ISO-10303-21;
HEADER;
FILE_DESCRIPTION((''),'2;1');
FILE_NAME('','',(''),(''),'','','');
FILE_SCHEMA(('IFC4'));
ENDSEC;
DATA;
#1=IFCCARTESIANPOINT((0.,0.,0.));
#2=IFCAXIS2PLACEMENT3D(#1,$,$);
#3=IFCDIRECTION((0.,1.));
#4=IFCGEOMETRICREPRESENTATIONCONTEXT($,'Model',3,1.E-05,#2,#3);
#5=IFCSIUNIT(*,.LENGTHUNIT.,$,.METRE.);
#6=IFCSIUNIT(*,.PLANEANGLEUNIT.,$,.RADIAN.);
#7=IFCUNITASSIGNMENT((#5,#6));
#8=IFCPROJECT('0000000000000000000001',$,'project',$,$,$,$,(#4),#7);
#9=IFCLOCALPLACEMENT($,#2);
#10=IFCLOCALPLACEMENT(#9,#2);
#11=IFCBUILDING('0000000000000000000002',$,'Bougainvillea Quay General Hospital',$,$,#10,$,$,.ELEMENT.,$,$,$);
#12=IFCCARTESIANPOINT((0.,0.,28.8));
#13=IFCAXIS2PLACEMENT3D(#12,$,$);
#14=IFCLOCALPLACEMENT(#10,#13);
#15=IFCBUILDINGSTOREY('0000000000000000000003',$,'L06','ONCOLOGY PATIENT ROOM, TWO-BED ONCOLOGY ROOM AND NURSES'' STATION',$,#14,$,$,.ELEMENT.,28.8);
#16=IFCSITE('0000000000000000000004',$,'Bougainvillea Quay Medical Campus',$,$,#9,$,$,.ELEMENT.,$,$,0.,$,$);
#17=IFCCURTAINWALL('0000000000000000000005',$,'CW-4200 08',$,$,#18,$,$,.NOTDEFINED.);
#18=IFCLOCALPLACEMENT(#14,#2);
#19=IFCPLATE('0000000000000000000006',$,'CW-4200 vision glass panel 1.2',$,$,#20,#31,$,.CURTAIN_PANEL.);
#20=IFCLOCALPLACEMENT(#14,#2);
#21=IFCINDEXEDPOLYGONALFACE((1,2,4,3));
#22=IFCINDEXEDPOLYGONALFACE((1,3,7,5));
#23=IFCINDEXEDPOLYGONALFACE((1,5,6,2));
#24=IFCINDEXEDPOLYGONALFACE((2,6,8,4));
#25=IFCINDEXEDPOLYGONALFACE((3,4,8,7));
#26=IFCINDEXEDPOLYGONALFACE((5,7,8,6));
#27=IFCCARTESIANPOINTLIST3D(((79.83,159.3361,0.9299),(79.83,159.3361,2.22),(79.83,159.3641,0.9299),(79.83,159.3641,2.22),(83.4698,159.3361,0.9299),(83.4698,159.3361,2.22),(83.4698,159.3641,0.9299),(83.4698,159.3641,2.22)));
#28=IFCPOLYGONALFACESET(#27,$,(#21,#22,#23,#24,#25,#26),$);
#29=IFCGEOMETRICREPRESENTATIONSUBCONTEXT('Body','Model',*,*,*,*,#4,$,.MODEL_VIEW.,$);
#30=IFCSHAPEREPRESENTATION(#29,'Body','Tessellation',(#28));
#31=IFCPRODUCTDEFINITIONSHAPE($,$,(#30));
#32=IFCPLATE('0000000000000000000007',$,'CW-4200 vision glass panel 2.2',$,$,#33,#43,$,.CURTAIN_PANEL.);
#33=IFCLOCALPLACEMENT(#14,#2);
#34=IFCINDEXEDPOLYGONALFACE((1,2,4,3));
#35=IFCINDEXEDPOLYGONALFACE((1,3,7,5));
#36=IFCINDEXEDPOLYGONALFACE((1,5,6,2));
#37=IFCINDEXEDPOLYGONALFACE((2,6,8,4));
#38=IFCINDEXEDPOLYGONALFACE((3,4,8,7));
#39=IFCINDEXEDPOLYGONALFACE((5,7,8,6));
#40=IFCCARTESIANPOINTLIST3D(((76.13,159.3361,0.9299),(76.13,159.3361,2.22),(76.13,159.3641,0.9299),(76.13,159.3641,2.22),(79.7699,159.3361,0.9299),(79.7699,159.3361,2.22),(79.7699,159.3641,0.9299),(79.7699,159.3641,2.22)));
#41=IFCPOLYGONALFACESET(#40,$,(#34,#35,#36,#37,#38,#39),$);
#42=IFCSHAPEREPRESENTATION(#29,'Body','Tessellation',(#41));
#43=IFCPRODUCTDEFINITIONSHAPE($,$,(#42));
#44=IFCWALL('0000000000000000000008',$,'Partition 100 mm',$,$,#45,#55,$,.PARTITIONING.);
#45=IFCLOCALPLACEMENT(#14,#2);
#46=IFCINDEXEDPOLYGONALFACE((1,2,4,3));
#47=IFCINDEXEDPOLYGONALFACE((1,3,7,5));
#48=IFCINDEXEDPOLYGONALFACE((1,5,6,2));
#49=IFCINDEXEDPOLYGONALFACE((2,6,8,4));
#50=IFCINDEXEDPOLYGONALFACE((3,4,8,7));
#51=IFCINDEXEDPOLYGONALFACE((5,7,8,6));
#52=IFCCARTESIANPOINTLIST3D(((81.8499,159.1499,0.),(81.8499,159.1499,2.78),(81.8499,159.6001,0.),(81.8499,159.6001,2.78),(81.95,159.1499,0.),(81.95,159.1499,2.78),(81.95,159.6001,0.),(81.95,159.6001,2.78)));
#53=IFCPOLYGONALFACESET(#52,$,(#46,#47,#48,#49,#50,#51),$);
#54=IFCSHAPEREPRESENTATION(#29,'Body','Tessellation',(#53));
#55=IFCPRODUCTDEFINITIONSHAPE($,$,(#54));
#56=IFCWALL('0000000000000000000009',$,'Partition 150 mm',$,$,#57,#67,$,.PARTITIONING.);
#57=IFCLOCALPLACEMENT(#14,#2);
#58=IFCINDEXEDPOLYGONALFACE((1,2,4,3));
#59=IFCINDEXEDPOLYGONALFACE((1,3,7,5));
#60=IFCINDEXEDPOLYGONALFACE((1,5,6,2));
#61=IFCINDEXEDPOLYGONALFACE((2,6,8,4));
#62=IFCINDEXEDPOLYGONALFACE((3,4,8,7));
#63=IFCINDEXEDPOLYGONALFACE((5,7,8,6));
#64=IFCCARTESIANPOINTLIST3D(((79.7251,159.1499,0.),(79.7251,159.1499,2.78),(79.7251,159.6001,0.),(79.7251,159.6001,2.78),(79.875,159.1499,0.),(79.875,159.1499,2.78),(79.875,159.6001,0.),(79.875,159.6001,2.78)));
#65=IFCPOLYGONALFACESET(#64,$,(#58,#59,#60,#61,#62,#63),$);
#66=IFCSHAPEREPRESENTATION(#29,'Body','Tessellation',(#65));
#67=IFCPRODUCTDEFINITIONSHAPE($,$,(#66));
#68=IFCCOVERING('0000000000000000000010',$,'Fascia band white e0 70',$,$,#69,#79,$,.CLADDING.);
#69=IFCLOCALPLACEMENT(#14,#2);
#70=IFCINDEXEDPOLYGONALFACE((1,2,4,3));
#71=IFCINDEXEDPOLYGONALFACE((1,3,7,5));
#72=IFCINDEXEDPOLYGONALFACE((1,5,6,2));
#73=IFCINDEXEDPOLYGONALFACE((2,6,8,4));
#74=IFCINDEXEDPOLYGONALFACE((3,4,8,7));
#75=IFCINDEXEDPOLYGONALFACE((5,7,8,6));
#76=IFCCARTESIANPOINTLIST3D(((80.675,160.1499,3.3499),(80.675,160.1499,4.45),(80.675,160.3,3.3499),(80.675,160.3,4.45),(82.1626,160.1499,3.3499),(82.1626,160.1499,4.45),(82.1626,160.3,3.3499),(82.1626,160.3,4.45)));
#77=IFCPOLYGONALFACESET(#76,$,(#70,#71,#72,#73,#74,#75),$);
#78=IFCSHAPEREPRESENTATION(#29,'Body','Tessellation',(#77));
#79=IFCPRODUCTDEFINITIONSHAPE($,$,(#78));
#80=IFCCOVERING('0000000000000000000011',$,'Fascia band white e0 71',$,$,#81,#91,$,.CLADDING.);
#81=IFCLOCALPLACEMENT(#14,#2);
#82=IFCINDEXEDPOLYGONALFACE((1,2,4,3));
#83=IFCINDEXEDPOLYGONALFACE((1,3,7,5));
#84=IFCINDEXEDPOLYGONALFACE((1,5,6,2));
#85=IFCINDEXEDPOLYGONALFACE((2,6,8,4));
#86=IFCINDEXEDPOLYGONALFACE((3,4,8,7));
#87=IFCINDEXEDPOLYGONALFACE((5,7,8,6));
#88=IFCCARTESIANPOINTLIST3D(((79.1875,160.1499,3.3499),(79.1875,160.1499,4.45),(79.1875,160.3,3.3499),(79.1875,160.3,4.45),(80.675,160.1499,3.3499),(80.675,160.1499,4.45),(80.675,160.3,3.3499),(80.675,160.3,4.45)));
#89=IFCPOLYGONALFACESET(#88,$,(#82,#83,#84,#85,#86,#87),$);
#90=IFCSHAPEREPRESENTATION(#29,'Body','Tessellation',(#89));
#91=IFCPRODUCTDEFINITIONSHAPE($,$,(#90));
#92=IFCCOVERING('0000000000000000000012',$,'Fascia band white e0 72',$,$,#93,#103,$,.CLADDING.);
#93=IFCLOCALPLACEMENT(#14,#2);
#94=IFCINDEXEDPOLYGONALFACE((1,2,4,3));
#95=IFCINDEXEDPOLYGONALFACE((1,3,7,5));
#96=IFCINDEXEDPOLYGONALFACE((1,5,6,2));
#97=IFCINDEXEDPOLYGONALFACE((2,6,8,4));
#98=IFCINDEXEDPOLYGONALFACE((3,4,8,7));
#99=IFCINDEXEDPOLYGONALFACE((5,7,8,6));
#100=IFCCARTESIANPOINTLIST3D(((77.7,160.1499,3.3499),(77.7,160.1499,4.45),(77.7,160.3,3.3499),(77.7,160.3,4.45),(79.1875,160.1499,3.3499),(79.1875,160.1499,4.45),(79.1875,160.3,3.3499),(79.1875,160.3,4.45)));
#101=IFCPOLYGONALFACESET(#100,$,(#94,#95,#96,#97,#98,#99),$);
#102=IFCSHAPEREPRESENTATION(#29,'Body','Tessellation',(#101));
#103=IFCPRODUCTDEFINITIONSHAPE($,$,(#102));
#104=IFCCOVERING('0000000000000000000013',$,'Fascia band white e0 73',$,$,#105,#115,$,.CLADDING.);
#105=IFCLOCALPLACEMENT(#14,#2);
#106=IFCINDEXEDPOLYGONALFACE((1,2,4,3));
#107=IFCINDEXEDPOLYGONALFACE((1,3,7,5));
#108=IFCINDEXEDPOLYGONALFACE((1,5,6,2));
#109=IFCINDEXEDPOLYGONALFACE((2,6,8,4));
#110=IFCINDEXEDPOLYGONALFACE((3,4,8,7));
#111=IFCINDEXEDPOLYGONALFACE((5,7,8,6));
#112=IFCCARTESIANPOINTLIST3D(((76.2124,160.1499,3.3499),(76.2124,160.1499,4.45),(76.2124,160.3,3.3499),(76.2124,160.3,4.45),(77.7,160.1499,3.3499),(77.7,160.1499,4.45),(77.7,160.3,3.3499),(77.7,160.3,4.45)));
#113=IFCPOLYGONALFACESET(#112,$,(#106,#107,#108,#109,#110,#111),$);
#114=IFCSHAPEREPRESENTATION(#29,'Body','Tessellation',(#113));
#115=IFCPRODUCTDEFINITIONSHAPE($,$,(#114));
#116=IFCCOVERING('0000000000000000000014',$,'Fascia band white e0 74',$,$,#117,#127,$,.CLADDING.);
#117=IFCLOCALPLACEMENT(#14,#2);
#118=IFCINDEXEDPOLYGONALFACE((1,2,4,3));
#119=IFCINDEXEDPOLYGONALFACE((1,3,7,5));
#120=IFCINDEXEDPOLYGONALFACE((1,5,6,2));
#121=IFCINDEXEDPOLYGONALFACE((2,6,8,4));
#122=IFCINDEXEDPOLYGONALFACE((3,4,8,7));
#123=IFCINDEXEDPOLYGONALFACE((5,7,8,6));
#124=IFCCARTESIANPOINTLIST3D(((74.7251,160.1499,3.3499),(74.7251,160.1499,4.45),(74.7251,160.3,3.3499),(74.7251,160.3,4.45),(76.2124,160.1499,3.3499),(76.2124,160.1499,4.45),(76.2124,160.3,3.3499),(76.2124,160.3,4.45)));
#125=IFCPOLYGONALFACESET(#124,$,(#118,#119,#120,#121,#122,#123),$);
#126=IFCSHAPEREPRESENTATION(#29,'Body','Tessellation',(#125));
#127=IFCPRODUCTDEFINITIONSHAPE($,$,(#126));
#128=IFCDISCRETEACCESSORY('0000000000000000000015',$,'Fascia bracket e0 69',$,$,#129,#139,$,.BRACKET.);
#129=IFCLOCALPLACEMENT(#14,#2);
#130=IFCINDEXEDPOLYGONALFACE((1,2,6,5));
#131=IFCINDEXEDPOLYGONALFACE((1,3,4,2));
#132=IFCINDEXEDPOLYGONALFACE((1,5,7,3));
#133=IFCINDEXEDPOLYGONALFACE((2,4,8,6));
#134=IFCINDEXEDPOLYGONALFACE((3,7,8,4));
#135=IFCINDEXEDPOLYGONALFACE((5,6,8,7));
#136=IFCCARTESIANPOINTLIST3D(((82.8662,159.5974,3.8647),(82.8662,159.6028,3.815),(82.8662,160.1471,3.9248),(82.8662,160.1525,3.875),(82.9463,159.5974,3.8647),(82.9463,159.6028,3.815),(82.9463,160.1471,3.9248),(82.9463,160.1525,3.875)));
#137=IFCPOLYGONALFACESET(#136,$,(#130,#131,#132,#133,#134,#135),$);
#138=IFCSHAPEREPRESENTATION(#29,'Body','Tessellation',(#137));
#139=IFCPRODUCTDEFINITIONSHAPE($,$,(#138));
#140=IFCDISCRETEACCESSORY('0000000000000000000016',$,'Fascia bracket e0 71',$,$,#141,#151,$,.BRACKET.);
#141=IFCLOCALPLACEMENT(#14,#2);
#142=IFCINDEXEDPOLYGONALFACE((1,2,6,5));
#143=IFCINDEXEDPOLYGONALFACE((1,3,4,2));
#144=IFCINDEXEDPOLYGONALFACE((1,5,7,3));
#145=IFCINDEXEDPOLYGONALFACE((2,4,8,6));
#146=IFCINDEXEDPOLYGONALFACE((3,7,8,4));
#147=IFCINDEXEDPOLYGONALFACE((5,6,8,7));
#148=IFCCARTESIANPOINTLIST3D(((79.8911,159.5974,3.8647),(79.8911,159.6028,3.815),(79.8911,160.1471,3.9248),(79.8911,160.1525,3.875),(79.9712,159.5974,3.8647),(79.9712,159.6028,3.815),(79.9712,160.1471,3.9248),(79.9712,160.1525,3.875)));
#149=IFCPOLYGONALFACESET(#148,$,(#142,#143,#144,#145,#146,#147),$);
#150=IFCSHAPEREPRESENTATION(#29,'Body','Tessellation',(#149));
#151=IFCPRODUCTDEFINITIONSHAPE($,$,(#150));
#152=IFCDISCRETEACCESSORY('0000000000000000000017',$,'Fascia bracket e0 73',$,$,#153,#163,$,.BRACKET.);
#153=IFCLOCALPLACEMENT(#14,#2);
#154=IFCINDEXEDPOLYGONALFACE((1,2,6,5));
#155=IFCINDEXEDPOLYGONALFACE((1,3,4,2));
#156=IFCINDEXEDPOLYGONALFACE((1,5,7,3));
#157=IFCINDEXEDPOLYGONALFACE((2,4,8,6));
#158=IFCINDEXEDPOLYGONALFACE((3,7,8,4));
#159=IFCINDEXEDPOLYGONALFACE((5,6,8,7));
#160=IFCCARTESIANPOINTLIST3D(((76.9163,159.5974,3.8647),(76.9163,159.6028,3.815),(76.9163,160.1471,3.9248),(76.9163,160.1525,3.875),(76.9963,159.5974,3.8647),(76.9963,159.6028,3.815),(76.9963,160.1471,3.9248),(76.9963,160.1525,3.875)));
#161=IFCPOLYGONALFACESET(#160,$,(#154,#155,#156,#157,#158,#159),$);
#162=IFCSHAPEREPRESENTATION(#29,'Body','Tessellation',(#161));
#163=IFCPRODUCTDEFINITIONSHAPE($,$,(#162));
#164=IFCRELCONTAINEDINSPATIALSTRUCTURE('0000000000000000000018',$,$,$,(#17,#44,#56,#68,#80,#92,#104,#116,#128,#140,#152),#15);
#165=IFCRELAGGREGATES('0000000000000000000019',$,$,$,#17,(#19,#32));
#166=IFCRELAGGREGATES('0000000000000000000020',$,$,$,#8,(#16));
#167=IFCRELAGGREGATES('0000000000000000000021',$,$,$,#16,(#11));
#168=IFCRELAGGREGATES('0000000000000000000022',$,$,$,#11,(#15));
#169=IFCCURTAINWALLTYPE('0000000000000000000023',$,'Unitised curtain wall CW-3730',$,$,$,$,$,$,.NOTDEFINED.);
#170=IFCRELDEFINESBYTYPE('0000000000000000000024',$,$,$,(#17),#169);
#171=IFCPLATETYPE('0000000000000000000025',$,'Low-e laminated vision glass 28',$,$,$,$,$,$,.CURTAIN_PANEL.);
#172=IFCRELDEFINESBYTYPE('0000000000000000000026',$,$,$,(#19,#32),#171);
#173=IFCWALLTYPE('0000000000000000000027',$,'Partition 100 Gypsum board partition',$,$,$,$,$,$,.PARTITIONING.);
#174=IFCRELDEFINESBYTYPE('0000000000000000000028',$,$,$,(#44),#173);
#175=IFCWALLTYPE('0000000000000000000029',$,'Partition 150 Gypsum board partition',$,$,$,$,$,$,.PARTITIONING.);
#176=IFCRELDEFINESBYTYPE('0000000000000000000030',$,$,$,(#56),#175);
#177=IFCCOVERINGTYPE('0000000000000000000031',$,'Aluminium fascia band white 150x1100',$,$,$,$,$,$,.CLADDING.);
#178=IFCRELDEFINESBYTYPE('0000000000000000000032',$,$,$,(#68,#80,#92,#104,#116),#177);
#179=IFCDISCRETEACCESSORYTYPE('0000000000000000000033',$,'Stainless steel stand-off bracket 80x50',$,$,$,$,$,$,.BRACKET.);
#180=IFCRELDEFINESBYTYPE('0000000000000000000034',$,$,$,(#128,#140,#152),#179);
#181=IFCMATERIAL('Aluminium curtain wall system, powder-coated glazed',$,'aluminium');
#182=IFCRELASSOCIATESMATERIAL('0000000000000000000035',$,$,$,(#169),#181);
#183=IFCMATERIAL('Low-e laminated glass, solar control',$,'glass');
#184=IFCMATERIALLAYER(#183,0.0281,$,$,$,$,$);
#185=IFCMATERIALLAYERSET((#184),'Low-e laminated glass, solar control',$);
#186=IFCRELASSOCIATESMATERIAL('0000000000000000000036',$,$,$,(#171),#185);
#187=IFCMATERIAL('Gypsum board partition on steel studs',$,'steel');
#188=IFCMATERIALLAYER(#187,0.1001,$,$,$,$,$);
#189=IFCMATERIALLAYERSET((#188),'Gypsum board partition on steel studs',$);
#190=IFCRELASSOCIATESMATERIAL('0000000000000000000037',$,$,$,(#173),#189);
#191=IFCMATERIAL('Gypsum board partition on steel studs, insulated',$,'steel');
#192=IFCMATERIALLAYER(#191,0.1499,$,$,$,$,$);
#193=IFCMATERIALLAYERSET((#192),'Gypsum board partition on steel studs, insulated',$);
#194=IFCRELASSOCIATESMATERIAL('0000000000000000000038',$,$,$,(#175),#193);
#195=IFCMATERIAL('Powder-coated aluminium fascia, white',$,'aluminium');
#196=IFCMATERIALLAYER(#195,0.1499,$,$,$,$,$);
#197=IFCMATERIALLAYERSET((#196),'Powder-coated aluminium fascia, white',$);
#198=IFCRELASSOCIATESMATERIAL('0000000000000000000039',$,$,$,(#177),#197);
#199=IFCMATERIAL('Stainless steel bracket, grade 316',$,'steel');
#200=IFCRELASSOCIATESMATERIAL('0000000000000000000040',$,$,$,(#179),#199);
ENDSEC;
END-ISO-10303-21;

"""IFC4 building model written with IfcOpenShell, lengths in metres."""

from ifc_helpers import new_model, si_unit, direction, frame, frame_2d, origin, origin_2d, place, context, subcontext, project, spatial, polyline, rectangle, outline, extrude, material, layer, layer_set, material_profile, profile_set, type_object, element, aggregate, save


model = new_model("IFC4")

# Units and contexts
model_context = context("Model", 3, precision=1e-05, world=origin(), true_north=direction((0.0, 1.0)))
body_context = subcontext(model_context, "Body", "Model", "MODEL_VIEW")
ifc_project = project(units=[si_unit("LENGTHUNIT", "METRE"), si_unit("PLANEANGLEUNIT", "RADIAN")], contexts=[model_context])

# Site, building, storey
site_placement = place(None, origin())
site = spatial("IfcSite", under=ifc_project, at=site_placement, Name="Bougainvillea Quay Medical Campus", CompositionType="ELEMENT", RefElevation=0.0)
building_placement = place(site_placement, origin())
building = spatial("IfcBuilding", under=site, at=building_placement, Name="Bougainvillea Quay General Hospital", CompositionType="ELEMENT")
storey_placement = place(building_placement, frame((0.0, 0.0, 28.8)))
storey = spatial("IfcBuildingStorey", under=building, at=storey_placement, Name="L06", Description="ONCOLOGY PATIENT ROOM, TWO-BED ONCOLOGY ROOM AND NURSES' STATION", CompositionType="ELEMENT", Elevation=28.8)

# Curtain wall, plates
ifc_material_1 = material(Name="Aluminium curtain wall system, powder-coated glazed", Category="aluminium")
curtain_wall_type = type_object("IfcCurtainWallType", Name="Unitised curtain wall CW-3730", PredefinedType="NOTDEFINED", material=ifc_material_1)
curtain_wall_placement = place(storey_placement, origin())
curtain_wall = element("IfcCurtainWall", 1, at=curtain_wall_placement, inside=storey, type_object=curtain_wall_type, Name="CW-4200 08", PredefinedType="NOTDEFINED")
ifc_material_2 = material(Name="Low-e laminated glass, solar control", Category="glass")
ifc_layer_1 = layer(ifc_material_2, 0.0281)
ifc_layer_set_1 = layer_set([ifc_layer_1], Name="Low-e laminated glass, solar control")
plate_type_1 = type_object("IfcPlateType", Name="Low-e laminated vision glass 28", PredefinedType="CURTAIN_PANEL", material=ifc_layer_set_1)
plate_1_placement = place(storey_placement, frame((81.6499, 159.3501, 0.9299), z_axis=(0.0, 0.0, 1.0), x_axis=(-1.0, 0.0, 0.0)))
plate_1 = element("IfcPlate", 2, at=plate_1_placement, type_object=plate_type_1, Name="CW-4200 vision glass panel 1.2", PredefinedType="CURTAIN_PANEL", context=body_context, shape_type="SweptSolid", body=[
    extrude(rectangle(XDim=3.6399, YDim=0.0281, at=origin_2d()), origin(), (0.0, 0.0, 1.0), 1.29),
])
plate_2_placement = place(storey_placement, frame((77.95, 159.3501, 0.9299), z_axis=(0.0, 0.0, 1.0), x_axis=(-1.0, 0.0, 0.0)))
plate_2 = element("IfcPlate", 3, at=plate_2_placement, type_object=plate_type_1, Name="CW-4200 vision glass panel 2.2", PredefinedType="CURTAIN_PANEL", context=body_context, shape_type="SweptSolid", body=[
    extrude(rectangle(XDim=3.6399, YDim=0.0281, at=origin_2d()), origin(), (0.0, 0.0, 1.0), 1.29),
])
aggregate(curtain_wall, [plate_1, plate_2])

# Walls
ifc_material_3 = material(Name="Gypsum board partition on steel studs", Category="steel")
ifc_layer_2 = layer(ifc_material_3, 0.1001)
ifc_layer_set_2 = layer_set([ifc_layer_2], Name="Gypsum board partition on steel studs")
wall_type_1 = type_object("IfcWallType", Name="Partition 100 Gypsum board partition", PredefinedType="PARTITIONING", material=ifc_layer_set_2)
wall_1_placement = place(storey_placement, frame((81.8999, 159.1499, 0.0), z_axis=(0.0, 0.0, 1.0), x_axis=(0.0, 1.0, 0.0)))
element("IfcWall", 4, at=wall_1_placement, inside=storey, type_object=wall_type_1, Name="Partition 100 mm", PredefinedType="PARTITIONING", context=body_context, shape_type="SweptSolid", body=[
    extrude(rectangle(XDim=0.4502, YDim=0.1001, at=frame_2d((0.2251, 0.0))), origin(), (0.0, 0.0, 1.0), 2.78),
])
ifc_material_4 = material(Name="Gypsum board partition on steel studs, insulated", Category="steel")
ifc_layer_3 = layer(ifc_material_4, 0.1499)
ifc_layer_set_3 = layer_set([ifc_layer_3], Name="Gypsum board partition on steel studs, insulated")
wall_type_2 = type_object("IfcWallType", Name="Partition 150 Gypsum board partition", PredefinedType="PARTITIONING", material=ifc_layer_set_3)
wall_2_placement = place(storey_placement, frame((79.8, 159.1499, 0.0), z_axis=(0.0, 0.0, 1.0), x_axis=(0.0, 1.0, 0.0)))
element("IfcWall", 5, at=wall_2_placement, inside=storey, type_object=wall_type_2, Name="Partition 150 mm", PredefinedType="PARTITIONING", context=body_context, shape_type="SweptSolid", body=[
    extrude(rectangle(XDim=0.4502, YDim=0.1499, at=frame_2d((0.2251, 0.0))), origin(), (0.0, 0.0, 1.0), 2.78),
])

# Coverings
ifc_material_5 = material(Name="Powder-coated aluminium fascia, white", Category="aluminium")
ifc_layer_4 = layer(ifc_material_5, 0.1499)
ifc_layer_set_4 = layer_set([ifc_layer_4], Name="Powder-coated aluminium fascia, white")
covering_type = type_object("IfcCoveringType", Name="Aluminium fascia band white 150x1100", PredefinedType="CLADDING", material=ifc_layer_set_4)
for number, where, z_axis, x_axis, name in (
    (6, (82.1626, 160.1499, 3.3499), (0.0, 0.0, 1.0), (-1.0, 0.0, 0.0), "Fascia band white e0 70"),
    (7, (80.675, 160.1499, 3.3499), (0.0, 0.0, 1.0), (-1.0, 0.0, 0.0), "Fascia band white e0 71"),
    (8, (79.1875, 160.1499, 3.3499), (0.0, 0.0, 1.0), (-1.0, 0.0, 0.0), "Fascia band white e0 72"),
    (9, (77.7, 160.1499, 3.3499), (0.0, 0.0, 1.0), (-1.0, 0.0, 0.0), "Fascia band white e0 73"),
):
    element("IfcCovering", number, at=place(storey_placement, frame(where, z_axis=z_axis, x_axis=x_axis)), inside=storey, type_object=covering_type, Name=name, PredefinedType="CLADDING", context=body_context, shape_type="SweptSolid", body=[
        extrude(outline(polyline([(0.0, 0.0), (1.4875, 0.0), (1.4875, -0.1501), (0.0, -0.1501), (0.0, 0.0)])), origin(), (0.0, 0.0, 1.0), 1.1001),
    ])
covering_placement = place(storey_placement, frame((76.2124, 160.1499, 3.3499), z_axis=(0.0, 0.0, 1.0), x_axis=(-1.0, 0.0, 0.0)))
element("IfcCovering", 10, at=covering_placement, inside=storey, type_object=covering_type, Name="Fascia band white e0 74", PredefinedType="CLADDING", context=body_context, shape_type="SweptSolid", body=[
    extrude(outline(polyline([(0.0, 0.0), (1.4873, 0.0), (1.4873, -0.1501), (0.0, -0.1501), (0.0, 0.0)])), origin(), (0.0, 0.0, 1.0), 1.1001),
])

# Discrete accessories
ifc_material_6 = material(Name="Stainless steel bracket, grade 316", Category="steel")
ifc_material_profile_1 = material_profile(ifc_material_6, rectangle(XDim=0.0801, YDim=0.05, at=origin_2d()))
ifc_profile_set_1 = profile_set([ifc_material_profile_1], Name="Stainless steel bracket, grade 316")
discrete_accessory_type = type_object("IfcDiscreteAccessoryType", Name="Stainless steel stand-off bracket 80x50", PredefinedType="BRACKET", material=ifc_profile_set_1)
for number, where, z_axis, x_axis, name in (
    (11, (82.9062, 159.6001, 3.8398), (0.0, 0.994087, 0.10859), (-1.0, 0.0, 0.0), "Fascia bracket e0 69"),
    (12, (79.9312, 159.6001, 3.8398), (0.0, 0.994087, 0.10859), (-1.0, 0.0, 0.0), "Fascia bracket e0 71"),
    (13, (76.9563, 159.6001, 3.8398), (0.0, 0.994087, 0.10859), (-1.0, 0.0, 0.0), "Fascia bracket e0 73"),
):
    element("IfcDiscreteAccessory", number, at=place(storey_placement, frame(where, z_axis=z_axis, x_axis=x_axis)), inside=storey, type_object=discrete_accessory_type, Name=name, PredefinedType="BRACKET", context=body_context, shape_type="SweptSolid", body=[
        extrude(rectangle(XDim=0.0801, YDim=0.05, at=origin_2d()), origin(), (0.0, 0.0, 1.0), 0.553),
    ])

save(model, "model.ifc")
